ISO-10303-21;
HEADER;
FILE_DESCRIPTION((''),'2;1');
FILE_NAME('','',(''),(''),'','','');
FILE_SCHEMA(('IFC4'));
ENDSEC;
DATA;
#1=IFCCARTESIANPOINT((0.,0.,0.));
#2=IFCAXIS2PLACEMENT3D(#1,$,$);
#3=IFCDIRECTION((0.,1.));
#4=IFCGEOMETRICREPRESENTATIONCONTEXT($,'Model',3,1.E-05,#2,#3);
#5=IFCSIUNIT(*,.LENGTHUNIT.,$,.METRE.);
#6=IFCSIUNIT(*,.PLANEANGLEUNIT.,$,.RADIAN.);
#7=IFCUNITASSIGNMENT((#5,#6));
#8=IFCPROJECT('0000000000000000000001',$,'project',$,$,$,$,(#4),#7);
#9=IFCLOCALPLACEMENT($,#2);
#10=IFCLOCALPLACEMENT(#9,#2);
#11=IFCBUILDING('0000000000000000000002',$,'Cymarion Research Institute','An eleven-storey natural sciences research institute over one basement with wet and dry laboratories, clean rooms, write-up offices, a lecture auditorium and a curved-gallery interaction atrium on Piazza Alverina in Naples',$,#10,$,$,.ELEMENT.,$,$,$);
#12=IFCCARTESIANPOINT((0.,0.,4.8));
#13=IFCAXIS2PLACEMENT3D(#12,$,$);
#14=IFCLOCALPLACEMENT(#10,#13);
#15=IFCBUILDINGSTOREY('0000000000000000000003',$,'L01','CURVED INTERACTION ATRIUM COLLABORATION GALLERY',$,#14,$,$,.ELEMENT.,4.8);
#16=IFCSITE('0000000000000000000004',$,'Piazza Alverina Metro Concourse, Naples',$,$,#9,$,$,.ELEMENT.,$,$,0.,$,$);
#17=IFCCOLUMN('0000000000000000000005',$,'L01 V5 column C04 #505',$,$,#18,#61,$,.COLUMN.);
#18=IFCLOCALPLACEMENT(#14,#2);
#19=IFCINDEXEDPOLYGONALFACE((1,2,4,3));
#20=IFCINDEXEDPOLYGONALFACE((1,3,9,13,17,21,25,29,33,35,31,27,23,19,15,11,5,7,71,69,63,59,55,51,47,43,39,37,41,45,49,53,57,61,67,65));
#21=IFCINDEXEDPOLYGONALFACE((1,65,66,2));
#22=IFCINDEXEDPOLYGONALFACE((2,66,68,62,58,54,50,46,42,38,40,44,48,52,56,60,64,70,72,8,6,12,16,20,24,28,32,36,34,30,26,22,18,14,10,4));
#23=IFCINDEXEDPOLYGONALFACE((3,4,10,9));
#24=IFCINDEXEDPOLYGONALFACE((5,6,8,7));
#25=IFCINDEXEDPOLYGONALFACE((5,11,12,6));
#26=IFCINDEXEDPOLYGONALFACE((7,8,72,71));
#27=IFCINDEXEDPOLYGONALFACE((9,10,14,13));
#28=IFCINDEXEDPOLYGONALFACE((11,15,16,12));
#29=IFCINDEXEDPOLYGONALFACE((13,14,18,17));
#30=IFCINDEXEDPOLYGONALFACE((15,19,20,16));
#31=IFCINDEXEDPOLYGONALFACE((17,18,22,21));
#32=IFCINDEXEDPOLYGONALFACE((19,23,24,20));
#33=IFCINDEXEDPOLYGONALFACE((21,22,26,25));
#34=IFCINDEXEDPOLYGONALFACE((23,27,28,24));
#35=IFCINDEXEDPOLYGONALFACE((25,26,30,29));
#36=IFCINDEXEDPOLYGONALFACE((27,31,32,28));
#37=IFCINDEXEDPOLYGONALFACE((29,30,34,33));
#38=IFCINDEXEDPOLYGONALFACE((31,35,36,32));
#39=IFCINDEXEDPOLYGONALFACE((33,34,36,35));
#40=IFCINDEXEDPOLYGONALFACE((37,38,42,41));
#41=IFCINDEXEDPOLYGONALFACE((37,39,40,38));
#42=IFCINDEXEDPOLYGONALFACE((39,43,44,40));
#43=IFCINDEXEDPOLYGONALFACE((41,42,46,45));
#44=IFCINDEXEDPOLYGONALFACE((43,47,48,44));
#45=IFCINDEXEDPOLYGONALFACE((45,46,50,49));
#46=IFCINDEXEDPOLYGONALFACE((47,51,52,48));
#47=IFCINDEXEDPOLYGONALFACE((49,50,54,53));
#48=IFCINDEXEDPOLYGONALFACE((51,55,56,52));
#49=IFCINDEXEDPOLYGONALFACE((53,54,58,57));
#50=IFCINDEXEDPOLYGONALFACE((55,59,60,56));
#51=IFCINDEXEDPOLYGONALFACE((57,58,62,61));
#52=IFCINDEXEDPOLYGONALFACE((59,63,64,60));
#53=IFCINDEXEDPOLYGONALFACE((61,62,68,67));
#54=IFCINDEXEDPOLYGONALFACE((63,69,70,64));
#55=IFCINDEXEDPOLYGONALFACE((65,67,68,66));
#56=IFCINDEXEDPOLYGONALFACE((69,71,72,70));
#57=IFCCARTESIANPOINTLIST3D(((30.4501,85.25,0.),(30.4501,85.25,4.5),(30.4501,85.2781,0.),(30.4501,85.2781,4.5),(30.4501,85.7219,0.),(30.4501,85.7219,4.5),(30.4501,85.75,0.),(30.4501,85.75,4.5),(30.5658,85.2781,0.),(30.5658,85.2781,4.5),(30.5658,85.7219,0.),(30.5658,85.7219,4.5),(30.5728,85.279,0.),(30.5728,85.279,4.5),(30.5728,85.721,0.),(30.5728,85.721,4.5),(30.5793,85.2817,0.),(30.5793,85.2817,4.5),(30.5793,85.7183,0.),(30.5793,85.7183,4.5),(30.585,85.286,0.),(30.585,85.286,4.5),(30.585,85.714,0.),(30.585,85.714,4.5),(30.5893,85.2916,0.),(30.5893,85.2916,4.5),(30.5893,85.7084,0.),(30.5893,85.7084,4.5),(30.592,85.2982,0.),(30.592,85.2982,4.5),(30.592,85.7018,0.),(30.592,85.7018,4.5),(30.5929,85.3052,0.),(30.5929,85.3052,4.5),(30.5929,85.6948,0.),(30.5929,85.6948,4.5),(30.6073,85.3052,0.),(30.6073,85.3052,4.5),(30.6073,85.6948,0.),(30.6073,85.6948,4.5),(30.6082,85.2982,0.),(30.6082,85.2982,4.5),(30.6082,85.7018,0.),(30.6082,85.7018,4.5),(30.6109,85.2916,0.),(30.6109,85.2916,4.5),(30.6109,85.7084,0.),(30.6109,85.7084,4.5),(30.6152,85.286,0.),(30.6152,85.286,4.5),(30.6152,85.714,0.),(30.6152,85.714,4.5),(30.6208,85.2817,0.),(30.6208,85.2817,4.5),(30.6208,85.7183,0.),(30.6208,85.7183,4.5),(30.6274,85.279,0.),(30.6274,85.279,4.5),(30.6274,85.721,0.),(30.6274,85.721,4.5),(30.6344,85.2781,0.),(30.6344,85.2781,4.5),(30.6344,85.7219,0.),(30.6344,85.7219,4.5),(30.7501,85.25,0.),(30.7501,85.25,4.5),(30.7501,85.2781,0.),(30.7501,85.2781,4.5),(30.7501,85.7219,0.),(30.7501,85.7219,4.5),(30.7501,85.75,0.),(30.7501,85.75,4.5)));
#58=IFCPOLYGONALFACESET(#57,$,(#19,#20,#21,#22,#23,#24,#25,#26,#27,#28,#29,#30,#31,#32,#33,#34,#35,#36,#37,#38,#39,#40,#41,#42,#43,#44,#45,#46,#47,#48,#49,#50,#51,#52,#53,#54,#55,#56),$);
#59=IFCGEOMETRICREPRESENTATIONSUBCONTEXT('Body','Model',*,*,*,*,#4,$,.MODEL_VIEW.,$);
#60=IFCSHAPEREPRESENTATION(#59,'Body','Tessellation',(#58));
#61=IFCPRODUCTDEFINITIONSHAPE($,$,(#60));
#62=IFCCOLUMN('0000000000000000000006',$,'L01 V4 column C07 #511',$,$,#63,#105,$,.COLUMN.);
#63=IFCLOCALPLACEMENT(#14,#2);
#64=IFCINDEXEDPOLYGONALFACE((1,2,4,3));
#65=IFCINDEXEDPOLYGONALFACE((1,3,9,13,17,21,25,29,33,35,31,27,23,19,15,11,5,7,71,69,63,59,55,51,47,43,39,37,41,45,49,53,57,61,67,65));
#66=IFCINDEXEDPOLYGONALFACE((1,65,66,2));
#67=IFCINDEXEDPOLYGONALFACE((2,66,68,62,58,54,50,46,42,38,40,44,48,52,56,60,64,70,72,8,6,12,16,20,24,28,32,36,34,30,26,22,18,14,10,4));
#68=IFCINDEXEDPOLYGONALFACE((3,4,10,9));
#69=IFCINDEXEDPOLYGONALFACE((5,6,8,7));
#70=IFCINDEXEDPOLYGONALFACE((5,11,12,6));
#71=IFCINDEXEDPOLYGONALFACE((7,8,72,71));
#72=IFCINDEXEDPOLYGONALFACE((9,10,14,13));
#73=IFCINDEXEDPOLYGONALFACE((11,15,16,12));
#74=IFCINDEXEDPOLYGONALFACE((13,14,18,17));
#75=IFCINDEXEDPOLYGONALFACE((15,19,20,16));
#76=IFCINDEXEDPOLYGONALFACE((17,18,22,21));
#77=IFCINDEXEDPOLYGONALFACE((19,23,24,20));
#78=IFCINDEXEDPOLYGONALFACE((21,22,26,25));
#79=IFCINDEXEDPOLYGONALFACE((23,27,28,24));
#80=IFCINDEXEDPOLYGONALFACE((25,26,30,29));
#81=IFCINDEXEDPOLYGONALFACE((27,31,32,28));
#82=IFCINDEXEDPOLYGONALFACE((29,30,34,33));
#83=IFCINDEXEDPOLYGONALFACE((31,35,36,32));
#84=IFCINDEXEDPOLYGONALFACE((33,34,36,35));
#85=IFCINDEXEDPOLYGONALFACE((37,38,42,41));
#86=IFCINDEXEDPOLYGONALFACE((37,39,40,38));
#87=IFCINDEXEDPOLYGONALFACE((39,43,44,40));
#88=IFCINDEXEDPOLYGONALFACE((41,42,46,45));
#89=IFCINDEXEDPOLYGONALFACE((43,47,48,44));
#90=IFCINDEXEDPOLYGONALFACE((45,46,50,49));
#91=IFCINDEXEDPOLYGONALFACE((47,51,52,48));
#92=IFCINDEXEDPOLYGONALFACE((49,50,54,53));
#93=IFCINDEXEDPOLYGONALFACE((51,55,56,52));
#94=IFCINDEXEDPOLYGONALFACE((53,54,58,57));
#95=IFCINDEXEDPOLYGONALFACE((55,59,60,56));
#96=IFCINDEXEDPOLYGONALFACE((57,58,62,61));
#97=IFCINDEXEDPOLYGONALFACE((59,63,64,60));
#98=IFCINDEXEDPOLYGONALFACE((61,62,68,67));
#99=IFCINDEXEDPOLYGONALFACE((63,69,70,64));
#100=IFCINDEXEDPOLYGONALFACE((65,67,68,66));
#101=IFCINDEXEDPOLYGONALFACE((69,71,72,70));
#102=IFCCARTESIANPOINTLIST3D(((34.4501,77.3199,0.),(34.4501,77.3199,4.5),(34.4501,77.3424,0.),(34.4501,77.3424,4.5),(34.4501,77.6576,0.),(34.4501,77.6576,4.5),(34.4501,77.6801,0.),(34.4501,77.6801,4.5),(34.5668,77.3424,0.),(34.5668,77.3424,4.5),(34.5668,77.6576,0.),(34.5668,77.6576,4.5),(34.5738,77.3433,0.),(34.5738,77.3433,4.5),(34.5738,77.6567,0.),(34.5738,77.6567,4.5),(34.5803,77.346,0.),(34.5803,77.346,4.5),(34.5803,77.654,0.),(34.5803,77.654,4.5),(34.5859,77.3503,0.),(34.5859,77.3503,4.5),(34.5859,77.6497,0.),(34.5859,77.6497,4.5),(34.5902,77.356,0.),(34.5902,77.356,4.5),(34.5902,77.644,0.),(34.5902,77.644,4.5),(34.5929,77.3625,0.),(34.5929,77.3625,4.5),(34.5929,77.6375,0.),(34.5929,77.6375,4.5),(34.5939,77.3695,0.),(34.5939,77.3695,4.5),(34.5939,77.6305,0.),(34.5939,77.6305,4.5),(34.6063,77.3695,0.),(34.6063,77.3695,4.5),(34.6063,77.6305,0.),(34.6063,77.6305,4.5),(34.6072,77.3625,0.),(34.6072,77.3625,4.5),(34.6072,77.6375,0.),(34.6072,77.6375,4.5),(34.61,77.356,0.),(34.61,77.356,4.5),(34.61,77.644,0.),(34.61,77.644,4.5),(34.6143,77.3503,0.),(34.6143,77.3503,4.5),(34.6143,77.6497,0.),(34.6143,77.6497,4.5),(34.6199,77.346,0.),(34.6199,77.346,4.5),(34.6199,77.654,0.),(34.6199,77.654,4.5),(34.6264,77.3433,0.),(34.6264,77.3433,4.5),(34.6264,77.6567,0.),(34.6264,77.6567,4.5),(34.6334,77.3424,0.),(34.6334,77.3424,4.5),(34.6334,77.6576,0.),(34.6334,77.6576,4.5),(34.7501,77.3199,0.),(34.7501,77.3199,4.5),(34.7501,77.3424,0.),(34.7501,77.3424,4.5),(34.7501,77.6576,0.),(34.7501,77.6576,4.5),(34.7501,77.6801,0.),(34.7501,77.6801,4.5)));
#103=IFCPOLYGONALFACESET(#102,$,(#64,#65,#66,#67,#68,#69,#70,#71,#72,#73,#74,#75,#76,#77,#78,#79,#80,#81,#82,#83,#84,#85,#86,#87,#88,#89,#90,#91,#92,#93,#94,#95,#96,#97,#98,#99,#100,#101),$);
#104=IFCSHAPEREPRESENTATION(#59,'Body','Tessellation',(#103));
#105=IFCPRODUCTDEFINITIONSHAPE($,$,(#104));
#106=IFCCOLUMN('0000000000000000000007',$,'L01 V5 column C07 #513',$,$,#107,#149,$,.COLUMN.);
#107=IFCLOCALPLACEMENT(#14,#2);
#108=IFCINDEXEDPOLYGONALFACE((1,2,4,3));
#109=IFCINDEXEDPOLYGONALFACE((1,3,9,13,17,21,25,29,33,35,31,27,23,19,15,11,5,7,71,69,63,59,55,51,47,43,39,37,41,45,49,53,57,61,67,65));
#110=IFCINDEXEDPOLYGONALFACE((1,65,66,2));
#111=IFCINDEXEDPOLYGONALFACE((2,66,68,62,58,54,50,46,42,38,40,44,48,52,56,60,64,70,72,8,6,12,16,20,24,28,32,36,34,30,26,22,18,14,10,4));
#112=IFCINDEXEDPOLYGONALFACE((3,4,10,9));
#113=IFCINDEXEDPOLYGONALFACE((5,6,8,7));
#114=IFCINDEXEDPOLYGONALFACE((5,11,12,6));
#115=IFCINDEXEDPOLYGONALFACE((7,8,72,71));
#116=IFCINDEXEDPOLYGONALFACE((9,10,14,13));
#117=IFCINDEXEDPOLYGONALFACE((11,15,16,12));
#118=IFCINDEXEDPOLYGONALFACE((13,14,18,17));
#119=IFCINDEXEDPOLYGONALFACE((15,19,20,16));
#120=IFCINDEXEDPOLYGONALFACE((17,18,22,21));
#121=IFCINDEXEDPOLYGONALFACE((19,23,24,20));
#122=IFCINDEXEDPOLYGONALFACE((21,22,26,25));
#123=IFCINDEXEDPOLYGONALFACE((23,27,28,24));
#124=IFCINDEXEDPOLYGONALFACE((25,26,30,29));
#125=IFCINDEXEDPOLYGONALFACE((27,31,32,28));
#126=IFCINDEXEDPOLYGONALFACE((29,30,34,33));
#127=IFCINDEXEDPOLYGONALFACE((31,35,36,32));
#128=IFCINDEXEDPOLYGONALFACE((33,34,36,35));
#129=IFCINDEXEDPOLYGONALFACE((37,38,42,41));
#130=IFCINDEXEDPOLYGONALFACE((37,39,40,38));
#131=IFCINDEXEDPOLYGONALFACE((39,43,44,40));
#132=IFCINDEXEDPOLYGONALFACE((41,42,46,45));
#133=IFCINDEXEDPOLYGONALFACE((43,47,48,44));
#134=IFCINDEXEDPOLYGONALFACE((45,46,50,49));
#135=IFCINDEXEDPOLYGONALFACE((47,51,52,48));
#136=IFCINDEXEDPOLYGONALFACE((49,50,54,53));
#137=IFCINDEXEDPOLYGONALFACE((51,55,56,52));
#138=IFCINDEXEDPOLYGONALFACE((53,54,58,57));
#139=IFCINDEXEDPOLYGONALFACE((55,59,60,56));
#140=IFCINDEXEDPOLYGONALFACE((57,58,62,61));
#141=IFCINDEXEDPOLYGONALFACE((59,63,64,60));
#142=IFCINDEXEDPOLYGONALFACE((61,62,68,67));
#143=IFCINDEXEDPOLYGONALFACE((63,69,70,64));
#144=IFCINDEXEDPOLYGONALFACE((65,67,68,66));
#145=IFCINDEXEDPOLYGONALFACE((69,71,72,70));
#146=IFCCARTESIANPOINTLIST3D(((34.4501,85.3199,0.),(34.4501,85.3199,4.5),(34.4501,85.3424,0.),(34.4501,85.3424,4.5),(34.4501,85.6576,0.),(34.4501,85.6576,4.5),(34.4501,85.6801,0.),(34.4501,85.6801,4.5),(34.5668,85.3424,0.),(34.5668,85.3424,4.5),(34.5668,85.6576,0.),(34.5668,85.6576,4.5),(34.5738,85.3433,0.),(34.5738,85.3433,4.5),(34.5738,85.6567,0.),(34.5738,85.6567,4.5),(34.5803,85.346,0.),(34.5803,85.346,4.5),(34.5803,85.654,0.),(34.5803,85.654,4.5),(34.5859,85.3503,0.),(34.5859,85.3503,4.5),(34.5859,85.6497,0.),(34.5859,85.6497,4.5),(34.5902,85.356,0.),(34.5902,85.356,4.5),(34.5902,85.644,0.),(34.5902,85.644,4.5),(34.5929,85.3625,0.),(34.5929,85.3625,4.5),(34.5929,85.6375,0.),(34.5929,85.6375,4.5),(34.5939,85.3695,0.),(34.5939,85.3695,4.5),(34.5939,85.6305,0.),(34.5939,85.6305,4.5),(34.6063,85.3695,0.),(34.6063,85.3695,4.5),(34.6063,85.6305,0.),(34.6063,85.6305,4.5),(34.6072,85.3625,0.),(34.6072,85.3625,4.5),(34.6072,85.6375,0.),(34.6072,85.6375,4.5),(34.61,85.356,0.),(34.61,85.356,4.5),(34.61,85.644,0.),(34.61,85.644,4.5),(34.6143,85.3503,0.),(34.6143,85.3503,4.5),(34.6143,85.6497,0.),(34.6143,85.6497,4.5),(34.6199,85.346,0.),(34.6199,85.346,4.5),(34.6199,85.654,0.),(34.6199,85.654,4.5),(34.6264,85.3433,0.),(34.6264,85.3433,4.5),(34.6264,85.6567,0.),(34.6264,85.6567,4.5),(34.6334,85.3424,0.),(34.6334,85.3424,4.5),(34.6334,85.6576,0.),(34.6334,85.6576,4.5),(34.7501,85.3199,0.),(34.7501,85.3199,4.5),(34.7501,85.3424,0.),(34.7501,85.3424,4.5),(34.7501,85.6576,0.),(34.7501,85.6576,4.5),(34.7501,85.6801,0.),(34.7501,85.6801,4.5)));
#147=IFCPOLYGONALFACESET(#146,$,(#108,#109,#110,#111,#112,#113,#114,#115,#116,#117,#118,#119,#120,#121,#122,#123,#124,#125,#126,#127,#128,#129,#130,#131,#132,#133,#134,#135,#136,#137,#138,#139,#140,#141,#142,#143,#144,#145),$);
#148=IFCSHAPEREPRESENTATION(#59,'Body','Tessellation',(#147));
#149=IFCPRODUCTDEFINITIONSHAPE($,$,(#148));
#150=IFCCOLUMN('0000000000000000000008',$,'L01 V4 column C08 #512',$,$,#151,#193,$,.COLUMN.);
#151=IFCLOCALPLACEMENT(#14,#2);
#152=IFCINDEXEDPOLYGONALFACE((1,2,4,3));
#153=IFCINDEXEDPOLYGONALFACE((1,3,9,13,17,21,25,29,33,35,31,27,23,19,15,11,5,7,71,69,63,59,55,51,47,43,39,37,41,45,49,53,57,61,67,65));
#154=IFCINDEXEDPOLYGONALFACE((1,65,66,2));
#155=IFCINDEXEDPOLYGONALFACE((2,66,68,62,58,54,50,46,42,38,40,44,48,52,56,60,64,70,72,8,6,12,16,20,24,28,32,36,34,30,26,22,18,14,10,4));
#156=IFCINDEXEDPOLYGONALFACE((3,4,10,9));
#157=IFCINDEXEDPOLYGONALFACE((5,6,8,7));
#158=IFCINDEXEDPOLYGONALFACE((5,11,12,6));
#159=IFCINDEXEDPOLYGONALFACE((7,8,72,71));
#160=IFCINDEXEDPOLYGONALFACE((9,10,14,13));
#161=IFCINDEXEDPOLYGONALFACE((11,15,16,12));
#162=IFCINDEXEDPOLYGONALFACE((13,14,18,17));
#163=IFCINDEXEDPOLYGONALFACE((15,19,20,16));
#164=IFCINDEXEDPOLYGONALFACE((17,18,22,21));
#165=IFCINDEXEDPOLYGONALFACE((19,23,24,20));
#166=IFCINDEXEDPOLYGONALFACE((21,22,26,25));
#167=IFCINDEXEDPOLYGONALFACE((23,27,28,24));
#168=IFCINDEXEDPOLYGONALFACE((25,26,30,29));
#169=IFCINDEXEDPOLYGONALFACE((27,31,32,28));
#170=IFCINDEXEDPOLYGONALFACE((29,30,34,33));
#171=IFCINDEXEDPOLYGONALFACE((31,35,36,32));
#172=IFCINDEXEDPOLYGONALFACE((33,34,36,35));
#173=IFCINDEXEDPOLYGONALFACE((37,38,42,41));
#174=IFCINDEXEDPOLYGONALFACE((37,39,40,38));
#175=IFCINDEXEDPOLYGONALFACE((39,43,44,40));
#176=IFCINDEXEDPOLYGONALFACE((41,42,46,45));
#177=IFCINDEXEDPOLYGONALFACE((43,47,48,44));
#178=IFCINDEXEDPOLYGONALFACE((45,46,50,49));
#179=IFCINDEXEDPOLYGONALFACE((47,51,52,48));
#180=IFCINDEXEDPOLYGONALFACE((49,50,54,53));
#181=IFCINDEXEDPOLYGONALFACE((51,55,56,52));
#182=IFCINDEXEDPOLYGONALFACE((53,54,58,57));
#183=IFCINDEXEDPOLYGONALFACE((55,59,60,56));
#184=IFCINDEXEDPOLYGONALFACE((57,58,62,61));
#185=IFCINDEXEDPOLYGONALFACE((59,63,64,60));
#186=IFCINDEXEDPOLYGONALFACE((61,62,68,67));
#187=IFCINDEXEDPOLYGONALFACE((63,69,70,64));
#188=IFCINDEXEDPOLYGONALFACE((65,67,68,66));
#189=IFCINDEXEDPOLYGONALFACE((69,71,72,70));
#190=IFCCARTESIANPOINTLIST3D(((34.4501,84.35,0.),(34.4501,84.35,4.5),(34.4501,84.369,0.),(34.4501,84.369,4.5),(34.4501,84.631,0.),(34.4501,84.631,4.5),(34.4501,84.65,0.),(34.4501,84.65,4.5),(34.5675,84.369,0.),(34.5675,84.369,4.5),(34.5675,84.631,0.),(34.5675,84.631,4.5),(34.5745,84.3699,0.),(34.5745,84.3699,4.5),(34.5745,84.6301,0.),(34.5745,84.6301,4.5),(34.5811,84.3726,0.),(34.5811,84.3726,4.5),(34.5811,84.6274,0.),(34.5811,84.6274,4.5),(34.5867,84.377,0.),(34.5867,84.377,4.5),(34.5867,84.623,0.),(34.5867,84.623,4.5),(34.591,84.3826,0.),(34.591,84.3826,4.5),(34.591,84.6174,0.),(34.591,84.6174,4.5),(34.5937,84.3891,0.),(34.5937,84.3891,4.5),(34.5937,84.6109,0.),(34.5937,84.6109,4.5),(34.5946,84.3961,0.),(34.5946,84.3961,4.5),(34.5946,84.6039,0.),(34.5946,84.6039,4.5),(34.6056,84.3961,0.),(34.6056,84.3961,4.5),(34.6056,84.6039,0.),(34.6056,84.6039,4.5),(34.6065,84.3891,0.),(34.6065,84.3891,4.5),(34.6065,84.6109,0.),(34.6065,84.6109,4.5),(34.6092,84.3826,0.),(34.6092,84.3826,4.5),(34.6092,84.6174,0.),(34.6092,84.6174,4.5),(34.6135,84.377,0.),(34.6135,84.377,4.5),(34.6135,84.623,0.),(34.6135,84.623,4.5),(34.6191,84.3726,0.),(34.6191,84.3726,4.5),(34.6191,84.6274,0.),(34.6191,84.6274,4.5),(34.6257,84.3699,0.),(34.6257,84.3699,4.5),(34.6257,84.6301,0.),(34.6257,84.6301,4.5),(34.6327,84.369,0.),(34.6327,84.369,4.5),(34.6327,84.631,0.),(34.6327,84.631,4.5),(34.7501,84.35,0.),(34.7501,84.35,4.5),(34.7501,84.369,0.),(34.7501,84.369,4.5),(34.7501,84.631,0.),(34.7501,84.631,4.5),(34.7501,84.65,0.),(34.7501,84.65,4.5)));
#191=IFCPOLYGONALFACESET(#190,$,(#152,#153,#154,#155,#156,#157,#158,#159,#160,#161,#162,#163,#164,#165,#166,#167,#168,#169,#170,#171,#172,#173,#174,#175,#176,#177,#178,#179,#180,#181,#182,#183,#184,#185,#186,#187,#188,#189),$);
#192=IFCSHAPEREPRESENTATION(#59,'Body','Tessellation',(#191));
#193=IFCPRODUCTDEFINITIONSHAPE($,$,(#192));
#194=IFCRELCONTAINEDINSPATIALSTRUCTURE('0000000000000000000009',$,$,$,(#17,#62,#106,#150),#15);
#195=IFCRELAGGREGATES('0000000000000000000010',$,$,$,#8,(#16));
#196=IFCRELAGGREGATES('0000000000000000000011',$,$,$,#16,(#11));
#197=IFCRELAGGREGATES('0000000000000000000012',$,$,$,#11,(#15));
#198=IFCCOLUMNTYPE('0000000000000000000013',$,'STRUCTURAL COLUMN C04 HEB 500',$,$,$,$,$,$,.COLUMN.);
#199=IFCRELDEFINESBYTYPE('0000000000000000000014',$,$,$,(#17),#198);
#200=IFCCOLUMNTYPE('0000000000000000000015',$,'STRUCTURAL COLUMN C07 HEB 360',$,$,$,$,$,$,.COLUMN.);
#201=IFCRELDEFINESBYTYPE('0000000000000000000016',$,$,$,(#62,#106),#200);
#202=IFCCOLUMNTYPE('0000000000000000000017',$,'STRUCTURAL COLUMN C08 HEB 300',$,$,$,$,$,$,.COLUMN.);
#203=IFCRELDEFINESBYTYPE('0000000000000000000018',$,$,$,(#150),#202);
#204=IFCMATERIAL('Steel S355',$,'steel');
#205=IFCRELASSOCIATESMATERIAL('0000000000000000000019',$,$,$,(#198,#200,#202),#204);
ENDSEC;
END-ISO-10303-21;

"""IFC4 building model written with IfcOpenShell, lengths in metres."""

from ifc_helpers import new_model, si_unit, direction, frame, origin, origin_2d, place, context, subcontext, project, spatial, i_section, extrude, material, material_profile, profile_set, type_object, element, save


model = new_model("IFC4")

# Units and contexts
model_context = context("Model", 3, precision=1e-05, world=origin(), true_north=direction((0.0, 1.0)))
body_context = subcontext(model_context, "Body", "Model", "MODEL_VIEW")
ifc_project = project(units=[si_unit("LENGTHUNIT", "METRE"), si_unit("PLANEANGLEUNIT", "RADIAN")], contexts=[model_context])

# Site, building, storey
site_placement = place(None, origin())
site = spatial("IfcSite", under=ifc_project, at=site_placement, Name="Piazza Alverina Metro Concourse, Naples", CompositionType="ELEMENT", RefElevation=0.0)
building_placement = place(site_placement, origin())
building = spatial("IfcBuilding", under=site, at=building_placement, Name="Cymarion Research Institute", Description="An eleven-storey natural sciences research institute over one basement with wet and dry laboratories, clean rooms, write-up offices, a lecture auditorium and a curved-gallery interaction atrium on Piazza Alverina in Naples", CompositionType="ELEMENT")
storey_placement = place(building_placement, frame((0.0, 0.0, 4.8)))
storey = spatial("IfcBuildingStorey", under=building, at=storey_placement, Name="L01", Description="CURVED INTERACTION ATRIUM COLLABORATION GALLERY", CompositionType="ELEMENT", Elevation=4.8)

# Columns
ifc_material_1 = material(Name="Steel S355", Category="steel")
ifc_material_profile_1 = material_profile(ifc_material_1, i_section(OverallWidth=0.3, OverallDepth=0.5, WebThickness=0.0144, FlangeThickness=0.0281, FilletRadius=0.0271, at=origin_2d()), Name="HEB 500")
ifc_profile_set_1 = profile_set([ifc_material_profile_1], Name="Steel S355")
column_type_1 = type_object("IfcColumnType", Name="STRUCTURAL COLUMN C04 HEB 500", PredefinedType="COLUMN", material=ifc_profile_set_1)
column_1_placement = place(storey_placement, frame((30.6001, 85.5, 0.0), z_axis=(0.0, 0.0, 1.0), x_axis=(1.0, 0.0, 0.0)))
element("IfcColumn", 1, at=column_1_placement, inside=storey, type_object=column_type_1, Name="L01 V5 column C04 #505", PredefinedType="COLUMN", context=body_context, shape_type="SweptSolid", body=[
    extrude(i_section(OverallWidth=0.3, OverallDepth=0.5, WebThickness=0.0144, FlangeThickness=0.0281, FilletRadius=0.0271, at=origin_2d()), origin(), (0.0, 0.0, 1.0), 4.5),
])
ifc_material_profile_2 = material_profile(ifc_material_1, i_section(OverallWidth=0.3, OverallDepth=0.3601, WebThickness=0.0125, FlangeThickness=0.0225, FilletRadius=0.0271, at=origin_2d()), Name="HEB 360")
ifc_profile_set_2 = profile_set([ifc_material_profile_2], Name="Steel S355")
column_type_2 = type_object("IfcColumnType", Name="STRUCTURAL COLUMN C07 HEB 360", PredefinedType="COLUMN", material=ifc_profile_set_2)
for number, where, z_axis, x_axis, name in (
    (2, (34.6001, 77.5, 0.0), (0.0, 0.0, 1.0), (1.0, 0.0, 0.0), "L01 V4 column C07 #511"),
    (3, (34.6001, 85.5, 0.0), (0.0, 0.0, 1.0), (1.0, 0.0, 0.0), "L01 V5 column C07 #513"),
):
    element("IfcColumn", number, at=place(storey_placement, frame(where, z_axis=z_axis, x_axis=x_axis)), inside=storey, type_object=column_type_2, Name=name, PredefinedType="COLUMN", context=body_context, shape_type="SweptSolid", body=[
        extrude(i_section(OverallWidth=0.3, OverallDepth=0.3601, WebThickness=0.0125, FlangeThickness=0.0225, FilletRadius=0.0271, at=origin_2d()), origin(), (0.0, 0.0, 1.0), 4.5),
    ])
ifc_material_profile_3 = material_profile(ifc_material_1, i_section(OverallWidth=0.3, OverallDepth=0.3, WebThickness=0.011, FlangeThickness=0.019, FilletRadius=0.0271, at=origin_2d()), Name="HEB 300")
ifc_profile_set_3 = profile_set([ifc_material_profile_3], Name="Steel S355")
column_type_3 = type_object("IfcColumnType", Name="STRUCTURAL COLUMN C08 HEB 300", PredefinedType="COLUMN", material=ifc_profile_set_3)
column_2_placement = place(storey_placement, frame((34.6001, 84.5, 0.0), z_axis=(0.0, 0.0, 1.0), x_axis=(1.0, 0.0, 0.0)))
element("IfcColumn", 4, at=column_2_placement, inside=storey, type_object=column_type_3, Name="L01 V4 column C08 #512", PredefinedType="COLUMN", context=body_context, shape_type="SweptSolid", body=[
    extrude(i_section(OverallWidth=0.3, OverallDepth=0.3, WebThickness=0.011, FlangeThickness=0.019, FilletRadius=0.0271, at=origin_2d()), origin(), (0.0, 0.0, 1.0), 4.5),
])

save(model, "model.ifc")
